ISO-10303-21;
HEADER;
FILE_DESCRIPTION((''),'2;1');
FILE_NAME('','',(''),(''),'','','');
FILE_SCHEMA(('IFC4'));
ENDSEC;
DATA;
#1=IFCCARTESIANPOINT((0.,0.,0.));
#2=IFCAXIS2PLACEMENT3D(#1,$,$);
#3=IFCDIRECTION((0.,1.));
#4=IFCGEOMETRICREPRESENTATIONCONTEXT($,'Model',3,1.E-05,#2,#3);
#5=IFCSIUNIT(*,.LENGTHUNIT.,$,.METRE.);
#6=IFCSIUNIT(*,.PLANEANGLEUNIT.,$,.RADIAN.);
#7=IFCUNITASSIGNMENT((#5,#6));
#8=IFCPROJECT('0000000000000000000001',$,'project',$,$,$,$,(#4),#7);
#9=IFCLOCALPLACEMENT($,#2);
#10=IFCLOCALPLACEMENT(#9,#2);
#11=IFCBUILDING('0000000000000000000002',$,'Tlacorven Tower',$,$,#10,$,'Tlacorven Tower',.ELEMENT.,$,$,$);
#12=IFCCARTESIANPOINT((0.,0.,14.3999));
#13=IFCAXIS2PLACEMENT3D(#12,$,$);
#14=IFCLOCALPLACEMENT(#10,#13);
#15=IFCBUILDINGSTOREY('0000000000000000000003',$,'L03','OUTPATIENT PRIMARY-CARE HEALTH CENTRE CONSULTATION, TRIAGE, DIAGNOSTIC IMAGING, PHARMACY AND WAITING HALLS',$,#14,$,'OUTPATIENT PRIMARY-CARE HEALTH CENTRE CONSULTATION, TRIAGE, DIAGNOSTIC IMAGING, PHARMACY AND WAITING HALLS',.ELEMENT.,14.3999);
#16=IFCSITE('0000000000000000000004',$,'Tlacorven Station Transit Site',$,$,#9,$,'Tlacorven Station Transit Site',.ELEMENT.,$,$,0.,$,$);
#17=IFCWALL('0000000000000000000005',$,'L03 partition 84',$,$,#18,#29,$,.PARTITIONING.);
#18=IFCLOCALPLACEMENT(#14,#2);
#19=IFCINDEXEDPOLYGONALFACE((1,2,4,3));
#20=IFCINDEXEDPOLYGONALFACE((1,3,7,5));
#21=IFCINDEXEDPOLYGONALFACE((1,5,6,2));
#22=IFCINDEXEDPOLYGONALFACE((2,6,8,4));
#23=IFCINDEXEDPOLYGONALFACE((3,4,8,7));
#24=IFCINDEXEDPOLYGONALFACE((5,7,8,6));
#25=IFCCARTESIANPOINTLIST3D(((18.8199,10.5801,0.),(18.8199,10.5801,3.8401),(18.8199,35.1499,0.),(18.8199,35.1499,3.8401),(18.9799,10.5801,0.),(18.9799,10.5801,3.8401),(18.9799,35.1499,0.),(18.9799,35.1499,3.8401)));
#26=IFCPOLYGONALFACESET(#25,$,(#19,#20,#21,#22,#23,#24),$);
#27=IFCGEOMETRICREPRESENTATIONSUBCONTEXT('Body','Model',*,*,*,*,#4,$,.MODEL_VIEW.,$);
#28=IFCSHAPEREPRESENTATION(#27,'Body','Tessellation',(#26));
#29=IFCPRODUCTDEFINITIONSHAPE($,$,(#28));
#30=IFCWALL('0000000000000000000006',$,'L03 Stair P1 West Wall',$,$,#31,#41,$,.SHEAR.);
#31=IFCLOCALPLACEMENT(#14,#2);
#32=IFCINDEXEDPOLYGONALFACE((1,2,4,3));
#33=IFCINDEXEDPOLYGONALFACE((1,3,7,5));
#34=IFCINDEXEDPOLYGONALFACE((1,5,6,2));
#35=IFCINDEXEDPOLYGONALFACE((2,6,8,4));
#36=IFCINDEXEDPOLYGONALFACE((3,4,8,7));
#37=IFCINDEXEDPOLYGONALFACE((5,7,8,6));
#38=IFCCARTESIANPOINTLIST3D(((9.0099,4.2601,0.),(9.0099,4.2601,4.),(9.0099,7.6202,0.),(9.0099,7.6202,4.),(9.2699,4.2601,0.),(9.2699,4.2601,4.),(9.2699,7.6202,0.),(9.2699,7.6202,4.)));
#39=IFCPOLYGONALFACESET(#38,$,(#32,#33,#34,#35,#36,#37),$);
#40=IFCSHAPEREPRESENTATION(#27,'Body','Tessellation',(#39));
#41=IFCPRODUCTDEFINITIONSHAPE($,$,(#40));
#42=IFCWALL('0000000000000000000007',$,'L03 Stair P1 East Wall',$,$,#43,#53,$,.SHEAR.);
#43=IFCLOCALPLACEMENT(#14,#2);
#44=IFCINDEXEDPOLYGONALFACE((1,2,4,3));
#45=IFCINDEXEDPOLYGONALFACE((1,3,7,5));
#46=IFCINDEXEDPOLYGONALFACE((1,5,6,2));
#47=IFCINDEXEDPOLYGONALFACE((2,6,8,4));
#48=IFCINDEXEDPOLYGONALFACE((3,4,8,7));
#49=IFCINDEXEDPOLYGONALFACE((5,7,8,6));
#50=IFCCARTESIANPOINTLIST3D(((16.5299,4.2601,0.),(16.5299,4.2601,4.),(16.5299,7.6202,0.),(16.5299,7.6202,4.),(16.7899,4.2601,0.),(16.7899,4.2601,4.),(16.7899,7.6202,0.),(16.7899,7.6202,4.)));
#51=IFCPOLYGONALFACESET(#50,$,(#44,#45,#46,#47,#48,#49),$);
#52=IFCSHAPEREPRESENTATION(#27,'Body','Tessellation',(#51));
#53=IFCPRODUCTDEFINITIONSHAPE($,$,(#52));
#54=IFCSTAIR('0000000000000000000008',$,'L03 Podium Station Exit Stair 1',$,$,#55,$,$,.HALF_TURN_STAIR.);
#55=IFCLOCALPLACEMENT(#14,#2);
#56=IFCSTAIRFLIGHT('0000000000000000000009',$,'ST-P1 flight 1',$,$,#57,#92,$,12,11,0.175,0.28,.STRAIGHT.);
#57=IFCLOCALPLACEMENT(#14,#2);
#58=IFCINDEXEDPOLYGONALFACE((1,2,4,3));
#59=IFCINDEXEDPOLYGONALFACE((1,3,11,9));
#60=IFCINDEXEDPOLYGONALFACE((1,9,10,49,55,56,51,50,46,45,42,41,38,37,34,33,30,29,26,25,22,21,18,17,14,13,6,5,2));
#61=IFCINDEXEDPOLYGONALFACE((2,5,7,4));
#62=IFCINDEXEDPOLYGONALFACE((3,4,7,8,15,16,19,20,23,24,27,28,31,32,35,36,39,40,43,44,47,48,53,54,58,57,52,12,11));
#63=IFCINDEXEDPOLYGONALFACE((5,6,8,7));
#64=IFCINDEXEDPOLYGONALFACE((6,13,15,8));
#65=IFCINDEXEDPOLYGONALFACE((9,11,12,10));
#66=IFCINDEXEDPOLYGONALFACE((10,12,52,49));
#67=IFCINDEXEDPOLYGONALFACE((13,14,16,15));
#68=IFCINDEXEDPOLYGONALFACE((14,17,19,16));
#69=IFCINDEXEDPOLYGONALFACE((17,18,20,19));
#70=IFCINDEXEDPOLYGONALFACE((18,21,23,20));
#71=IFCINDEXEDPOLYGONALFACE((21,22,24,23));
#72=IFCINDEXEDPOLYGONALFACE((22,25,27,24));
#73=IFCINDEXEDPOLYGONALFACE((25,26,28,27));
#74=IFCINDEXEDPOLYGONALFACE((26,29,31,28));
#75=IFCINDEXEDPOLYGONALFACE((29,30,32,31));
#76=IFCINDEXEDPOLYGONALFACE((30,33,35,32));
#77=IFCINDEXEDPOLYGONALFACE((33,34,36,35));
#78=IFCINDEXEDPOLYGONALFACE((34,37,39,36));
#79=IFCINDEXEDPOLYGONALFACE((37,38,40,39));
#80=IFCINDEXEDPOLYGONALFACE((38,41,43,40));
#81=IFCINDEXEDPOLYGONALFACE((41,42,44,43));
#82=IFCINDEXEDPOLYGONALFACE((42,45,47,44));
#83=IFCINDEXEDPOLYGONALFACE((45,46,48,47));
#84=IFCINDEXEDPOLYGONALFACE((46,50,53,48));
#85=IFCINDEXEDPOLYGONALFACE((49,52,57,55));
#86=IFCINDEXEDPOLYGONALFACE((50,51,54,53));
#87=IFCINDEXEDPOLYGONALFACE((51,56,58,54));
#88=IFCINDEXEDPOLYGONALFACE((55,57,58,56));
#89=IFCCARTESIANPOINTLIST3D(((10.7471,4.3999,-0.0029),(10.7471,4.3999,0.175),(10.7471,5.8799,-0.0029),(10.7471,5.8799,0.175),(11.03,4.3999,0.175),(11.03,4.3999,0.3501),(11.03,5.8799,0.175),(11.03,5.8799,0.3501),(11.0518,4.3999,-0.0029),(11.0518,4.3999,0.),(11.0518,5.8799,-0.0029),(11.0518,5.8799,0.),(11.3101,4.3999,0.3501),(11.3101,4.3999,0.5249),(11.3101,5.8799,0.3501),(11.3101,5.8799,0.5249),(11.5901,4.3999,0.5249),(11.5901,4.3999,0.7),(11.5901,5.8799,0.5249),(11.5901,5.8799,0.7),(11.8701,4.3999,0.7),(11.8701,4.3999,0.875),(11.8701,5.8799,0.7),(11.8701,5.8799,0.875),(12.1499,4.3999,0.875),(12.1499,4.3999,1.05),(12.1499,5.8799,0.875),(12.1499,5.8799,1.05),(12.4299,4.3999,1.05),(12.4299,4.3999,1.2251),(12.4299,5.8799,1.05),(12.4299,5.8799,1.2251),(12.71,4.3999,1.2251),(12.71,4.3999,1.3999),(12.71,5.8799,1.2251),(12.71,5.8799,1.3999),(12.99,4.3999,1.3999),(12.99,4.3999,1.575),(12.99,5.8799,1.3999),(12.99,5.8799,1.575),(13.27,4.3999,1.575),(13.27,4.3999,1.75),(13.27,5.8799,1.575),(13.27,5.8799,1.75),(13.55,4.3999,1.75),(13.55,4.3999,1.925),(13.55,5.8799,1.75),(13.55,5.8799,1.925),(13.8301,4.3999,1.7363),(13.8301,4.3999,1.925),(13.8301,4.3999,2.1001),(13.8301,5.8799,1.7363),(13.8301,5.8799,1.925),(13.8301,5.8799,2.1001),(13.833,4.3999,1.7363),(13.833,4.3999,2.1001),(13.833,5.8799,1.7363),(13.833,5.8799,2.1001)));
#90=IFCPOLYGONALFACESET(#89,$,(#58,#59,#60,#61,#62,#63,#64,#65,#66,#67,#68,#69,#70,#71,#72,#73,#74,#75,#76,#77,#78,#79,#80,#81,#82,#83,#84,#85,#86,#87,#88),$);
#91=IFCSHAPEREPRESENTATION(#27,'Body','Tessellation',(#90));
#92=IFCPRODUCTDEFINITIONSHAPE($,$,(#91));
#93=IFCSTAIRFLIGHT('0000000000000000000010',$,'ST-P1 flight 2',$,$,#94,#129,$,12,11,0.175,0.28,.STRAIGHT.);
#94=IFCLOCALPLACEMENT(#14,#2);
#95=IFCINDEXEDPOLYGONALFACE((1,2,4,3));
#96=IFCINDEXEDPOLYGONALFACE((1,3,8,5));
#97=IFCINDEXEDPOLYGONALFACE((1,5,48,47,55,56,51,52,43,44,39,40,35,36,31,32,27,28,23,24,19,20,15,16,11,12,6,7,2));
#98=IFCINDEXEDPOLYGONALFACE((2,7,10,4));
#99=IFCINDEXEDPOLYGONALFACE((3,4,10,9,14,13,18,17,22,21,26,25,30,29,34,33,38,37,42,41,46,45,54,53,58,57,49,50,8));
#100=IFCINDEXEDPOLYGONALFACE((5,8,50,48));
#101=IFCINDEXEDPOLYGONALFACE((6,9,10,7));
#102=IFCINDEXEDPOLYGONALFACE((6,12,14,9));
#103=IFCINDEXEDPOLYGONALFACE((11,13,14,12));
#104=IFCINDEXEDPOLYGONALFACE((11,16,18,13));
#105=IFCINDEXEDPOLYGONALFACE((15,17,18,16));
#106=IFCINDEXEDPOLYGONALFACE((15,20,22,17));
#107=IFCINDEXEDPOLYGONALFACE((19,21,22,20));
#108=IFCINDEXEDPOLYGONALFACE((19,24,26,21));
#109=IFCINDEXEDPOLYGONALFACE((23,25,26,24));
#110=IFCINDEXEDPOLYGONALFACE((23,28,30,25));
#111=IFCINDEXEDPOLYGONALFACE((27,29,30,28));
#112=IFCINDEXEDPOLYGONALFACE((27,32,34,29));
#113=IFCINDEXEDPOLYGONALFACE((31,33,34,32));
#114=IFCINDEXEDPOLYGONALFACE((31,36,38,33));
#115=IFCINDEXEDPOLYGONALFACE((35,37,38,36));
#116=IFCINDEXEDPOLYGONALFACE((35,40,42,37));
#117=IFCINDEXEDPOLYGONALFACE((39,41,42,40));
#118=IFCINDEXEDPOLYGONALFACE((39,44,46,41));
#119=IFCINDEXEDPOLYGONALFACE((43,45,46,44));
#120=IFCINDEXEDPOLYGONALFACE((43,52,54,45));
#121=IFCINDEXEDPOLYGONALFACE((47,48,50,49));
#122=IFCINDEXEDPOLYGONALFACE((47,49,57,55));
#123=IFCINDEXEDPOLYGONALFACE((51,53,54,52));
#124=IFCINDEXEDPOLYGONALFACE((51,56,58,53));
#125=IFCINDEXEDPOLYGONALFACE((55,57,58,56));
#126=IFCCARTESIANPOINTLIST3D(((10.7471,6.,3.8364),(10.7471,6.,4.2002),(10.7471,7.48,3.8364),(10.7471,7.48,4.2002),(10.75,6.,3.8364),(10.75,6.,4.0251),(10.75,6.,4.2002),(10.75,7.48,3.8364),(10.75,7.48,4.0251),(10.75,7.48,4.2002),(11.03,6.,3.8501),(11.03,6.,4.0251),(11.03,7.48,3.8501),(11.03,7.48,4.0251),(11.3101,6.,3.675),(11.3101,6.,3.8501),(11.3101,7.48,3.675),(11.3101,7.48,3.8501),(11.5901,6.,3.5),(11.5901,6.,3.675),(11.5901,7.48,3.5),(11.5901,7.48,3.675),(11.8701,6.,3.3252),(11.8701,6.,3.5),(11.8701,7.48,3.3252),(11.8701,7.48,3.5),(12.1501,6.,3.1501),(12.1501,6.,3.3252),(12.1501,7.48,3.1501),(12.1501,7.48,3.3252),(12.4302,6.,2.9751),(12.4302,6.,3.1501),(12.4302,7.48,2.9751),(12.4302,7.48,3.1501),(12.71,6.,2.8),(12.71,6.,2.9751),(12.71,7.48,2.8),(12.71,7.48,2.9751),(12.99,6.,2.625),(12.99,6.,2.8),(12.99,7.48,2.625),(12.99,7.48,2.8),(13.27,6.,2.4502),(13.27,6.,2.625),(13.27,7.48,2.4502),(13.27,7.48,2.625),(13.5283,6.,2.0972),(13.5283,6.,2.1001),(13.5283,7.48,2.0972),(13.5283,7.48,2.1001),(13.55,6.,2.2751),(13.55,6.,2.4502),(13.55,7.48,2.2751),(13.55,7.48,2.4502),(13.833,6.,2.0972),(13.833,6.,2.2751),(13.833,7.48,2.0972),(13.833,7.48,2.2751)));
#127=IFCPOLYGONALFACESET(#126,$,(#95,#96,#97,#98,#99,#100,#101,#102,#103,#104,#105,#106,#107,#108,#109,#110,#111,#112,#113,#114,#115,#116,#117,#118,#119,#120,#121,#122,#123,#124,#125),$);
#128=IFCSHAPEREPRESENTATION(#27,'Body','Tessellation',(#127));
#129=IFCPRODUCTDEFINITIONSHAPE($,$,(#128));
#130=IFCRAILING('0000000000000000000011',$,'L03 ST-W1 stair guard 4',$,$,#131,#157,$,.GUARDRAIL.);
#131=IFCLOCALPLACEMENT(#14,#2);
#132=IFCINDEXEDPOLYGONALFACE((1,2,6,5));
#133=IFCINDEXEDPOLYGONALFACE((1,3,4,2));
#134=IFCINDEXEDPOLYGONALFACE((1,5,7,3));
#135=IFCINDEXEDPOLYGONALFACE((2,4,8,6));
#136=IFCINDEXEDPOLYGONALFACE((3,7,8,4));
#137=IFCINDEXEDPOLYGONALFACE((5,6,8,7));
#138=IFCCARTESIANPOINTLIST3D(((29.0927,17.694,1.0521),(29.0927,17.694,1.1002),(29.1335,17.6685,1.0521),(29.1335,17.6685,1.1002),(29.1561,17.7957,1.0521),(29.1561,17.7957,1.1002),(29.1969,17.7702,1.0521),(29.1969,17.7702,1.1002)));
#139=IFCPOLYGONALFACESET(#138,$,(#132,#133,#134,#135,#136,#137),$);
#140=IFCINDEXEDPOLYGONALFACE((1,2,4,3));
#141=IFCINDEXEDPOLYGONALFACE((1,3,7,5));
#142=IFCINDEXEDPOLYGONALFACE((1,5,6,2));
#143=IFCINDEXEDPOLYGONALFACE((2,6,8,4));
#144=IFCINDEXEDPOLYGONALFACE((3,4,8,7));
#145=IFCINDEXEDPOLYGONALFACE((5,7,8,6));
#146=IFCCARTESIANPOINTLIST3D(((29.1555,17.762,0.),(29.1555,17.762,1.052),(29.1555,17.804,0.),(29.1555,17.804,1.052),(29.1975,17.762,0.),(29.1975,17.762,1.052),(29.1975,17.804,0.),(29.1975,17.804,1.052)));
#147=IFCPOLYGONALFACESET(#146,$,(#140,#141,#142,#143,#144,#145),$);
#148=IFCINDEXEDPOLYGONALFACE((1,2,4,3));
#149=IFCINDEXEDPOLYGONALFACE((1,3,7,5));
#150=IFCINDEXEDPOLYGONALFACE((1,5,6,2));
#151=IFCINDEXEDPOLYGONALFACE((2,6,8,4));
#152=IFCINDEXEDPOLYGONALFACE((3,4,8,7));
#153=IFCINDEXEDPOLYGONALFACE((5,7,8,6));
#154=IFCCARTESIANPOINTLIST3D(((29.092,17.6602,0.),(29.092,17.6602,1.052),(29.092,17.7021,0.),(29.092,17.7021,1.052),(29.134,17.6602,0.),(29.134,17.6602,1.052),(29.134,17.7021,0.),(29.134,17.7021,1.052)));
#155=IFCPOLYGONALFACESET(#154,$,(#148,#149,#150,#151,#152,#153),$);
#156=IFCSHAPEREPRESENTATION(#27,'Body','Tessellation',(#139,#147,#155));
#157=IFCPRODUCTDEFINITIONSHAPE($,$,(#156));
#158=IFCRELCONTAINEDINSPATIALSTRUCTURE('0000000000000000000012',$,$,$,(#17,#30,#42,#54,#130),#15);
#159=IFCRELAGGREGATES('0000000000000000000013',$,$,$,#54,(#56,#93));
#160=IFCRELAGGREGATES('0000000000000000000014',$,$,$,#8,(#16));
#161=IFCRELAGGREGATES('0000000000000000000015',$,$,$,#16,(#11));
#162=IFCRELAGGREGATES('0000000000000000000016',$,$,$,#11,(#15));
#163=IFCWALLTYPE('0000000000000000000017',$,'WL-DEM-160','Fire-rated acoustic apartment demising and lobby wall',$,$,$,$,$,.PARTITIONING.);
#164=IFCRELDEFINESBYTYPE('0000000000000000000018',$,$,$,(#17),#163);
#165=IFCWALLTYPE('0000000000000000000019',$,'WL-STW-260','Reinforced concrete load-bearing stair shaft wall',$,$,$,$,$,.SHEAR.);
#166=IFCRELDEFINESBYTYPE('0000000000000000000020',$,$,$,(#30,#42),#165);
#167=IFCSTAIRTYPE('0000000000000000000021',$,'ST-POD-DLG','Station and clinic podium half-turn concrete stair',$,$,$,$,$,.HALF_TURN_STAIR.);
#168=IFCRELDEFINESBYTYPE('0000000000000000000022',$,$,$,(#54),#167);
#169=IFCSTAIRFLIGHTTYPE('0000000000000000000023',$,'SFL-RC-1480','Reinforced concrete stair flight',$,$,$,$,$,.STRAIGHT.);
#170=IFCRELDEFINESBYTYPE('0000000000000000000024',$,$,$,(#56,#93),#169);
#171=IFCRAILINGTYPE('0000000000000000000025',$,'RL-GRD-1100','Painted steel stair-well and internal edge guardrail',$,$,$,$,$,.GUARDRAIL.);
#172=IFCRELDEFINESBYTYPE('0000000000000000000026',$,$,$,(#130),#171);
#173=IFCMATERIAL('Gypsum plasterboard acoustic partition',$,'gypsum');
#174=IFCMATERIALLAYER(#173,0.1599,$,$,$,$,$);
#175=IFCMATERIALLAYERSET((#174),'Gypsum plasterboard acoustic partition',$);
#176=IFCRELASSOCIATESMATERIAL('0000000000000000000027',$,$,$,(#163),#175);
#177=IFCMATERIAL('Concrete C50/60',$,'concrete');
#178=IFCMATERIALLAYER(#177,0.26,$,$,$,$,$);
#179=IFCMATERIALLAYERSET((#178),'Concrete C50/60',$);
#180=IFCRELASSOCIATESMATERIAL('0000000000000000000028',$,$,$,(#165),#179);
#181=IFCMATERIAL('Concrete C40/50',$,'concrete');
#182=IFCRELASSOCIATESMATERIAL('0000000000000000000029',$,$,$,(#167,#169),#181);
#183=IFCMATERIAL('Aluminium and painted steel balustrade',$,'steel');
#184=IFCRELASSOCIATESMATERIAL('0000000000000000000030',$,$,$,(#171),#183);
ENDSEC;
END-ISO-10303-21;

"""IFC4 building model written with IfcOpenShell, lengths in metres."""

from ifc_helpers import new_model, si_unit, direction, frame, frame_2d, origin, origin_2d, place, context, subcontext, project, spatial, polyline, rectangle, outline, extrude, source, transform, mapped, material, layer, layer_set, type_object, element, aggregate, save


model = new_model("IFC4")

# Units and contexts
model_context = context("Model", 3, precision=1e-05, world=origin(), true_north=direction((0.0, 1.0)))
body_context = subcontext(model_context, "Body", "Model", "MODEL_VIEW")
ifc_project = project(units=[si_unit("LENGTHUNIT", "METRE"), si_unit("PLANEANGLEUNIT", "RADIAN")], contexts=[model_context])

# Site, building, storey
site_placement = place(None, origin())
site = spatial("IfcSite", under=ifc_project, at=site_placement, Name="Tlacorven Station Transit Site", LongName="Tlacorven Station Transit Site", CompositionType="ELEMENT", RefElevation=0.0)
building_placement = place(site_placement, origin())
building = spatial("IfcBuilding", under=site, at=building_placement, Name="Tlacorven Tower", LongName="Tlacorven Tower", CompositionType="ELEMENT")
storey_placement = place(building_placement, frame((0.0, 0.0, 14.3999)))
storey = spatial("IfcBuildingStorey", under=building, at=storey_placement, Name="L03", Description="OUTPATIENT PRIMARY-CARE HEALTH CENTRE CONSULTATION, TRIAGE, DIAGNOSTIC IMAGING, PHARMACY AND WAITING HALLS", LongName="OUTPATIENT PRIMARY-CARE HEALTH CENTRE CONSULTATION, TRIAGE, DIAGNOSTIC IMAGING, PHARMACY AND WAITING HALLS", CompositionType="ELEMENT", Elevation=14.3999)

# Shared definitions
ifc_material_1 = material(Name="Gypsum plasterboard acoustic partition", Category="gypsum")
ifc_layer_1 = layer(ifc_material_1, 0.1599)
ifc_layer_set_1 = layer_set([ifc_layer_1], Name="Gypsum plasterboard acoustic partition")
wall_type_1 = type_object("IfcWallType", Name="WL-DEM-160", Description="Fire-rated acoustic apartment demising and lobby wall", PredefinedType="PARTITIONING", material=ifc_layer_set_1)

# Walls
wall_1_placement = place(storey_placement, frame((18.8999, 10.5801, 0.0), z_axis=(0.0, 0.0, 1.0), x_axis=(0.0, 1.0, 0.0)))
element("IfcWall", 1, at=wall_1_placement, inside=storey, type_object=wall_type_1, Name="L03 partition 84", PredefinedType="PARTITIONING", context=body_context, shape_type="SweptSolid", body=[
    extrude(rectangle(XDim=24.5698, YDim=0.1599, at=frame_2d((12.2849, 0.0))), origin(), (0.0, 0.0, 1.0), 3.8401),
])
ifc_material_2 = material(Name="Concrete C50/60", Category="concrete")
ifc_layer_2 = layer(ifc_material_2, 0.26)
ifc_layer_set_2 = layer_set([ifc_layer_2], Name="Concrete C50/60")
wall_type_2 = type_object("IfcWallType", Name="WL-STW-260", Description="Reinforced concrete load-bearing stair shaft wall", PredefinedType="SHEAR", material=ifc_layer_set_2)
for number, where, z_axis, x_axis, name in (
    (2, (9.1399, 4.26, 0.0), (0.0, 0.0, 1.0), (0.0, 1.0, 0.0), "L03 Stair P1 West Wall"),
    (3, (16.6599, 4.26, 0.0), (0.0, 0.0, 1.0), (0.0, 1.0, 0.0), "L03 Stair P1 East Wall"),
):
    element("IfcWall", number, at=place(storey_placement, frame(where, z_axis=z_axis, x_axis=x_axis)), inside=storey, type_object=wall_type_2, Name=name, PredefinedType="SHEAR", context=body_context, shape_type="SweptSolid", body=[
        extrude(rectangle(XDim=3.3601, YDim=0.26, at=frame_2d((1.6802, 0.0))), origin(), (0.0, 0.0, 1.0), 4.0),
    ])

# Stair, stair flights
ifc_material_3 = material(Name="Concrete C40/50", Category="concrete")
stair_type = type_object("IfcStairType", Name="ST-POD-DLG", Description="Station and clinic podium half-turn concrete stair", PredefinedType="HALF_TURN_STAIR", material=ifc_material_3)
stair_placement = place(storey_placement, origin())
stair = element("IfcStair", 4, at=stair_placement, inside=storey, type_object=stair_type, Name="L03 Podium Station Exit Stair 1", PredefinedType="HALF_TURN_STAIR")
stair_flight_type = type_object("IfcStairFlightType", Name="SFL-RC-1480", Description="Reinforced concrete stair flight", PredefinedType="STRAIGHT", material=ifc_material_3)
shared_shape_1 = source(origin(), body_context, "Body", "SweptSolid", [
    extrude(outline(polyline([(-0.0029, -0.0029), (-0.0029, 0.175), (0.28, 0.175), (0.28, 0.3501), (0.5601, 0.3501), (0.5601, 0.5249), (0.8401, 0.5249), (0.8401, 0.7), (1.1201, 0.7), (1.1201, 0.875), (1.3999, 0.875), (1.3999, 1.05), (1.6799, 1.05), (1.6799, 1.2251), (1.96, 1.2251), (1.96, 1.3999), (2.24, 1.3999), (2.24, 1.575), (2.52, 1.575), (2.52, 1.75), (2.8, 1.75), (2.8, 1.925), (3.0801, 1.925), (3.0801, 2.1001), (3.083, 2.1001), (3.083, 1.7363), (3.0801, 1.7363), (0.3018, 0.0), (0.3018, -0.0029), (-0.0029, -0.0029)])), frame((0.0, 0.74, 0.0), z_axis=(0.0, -1.0, 0.0), x_axis=(1.0, 0.0, 0.0)), (0.0, 0.0, 1.0), 1.48),
])
stair_flight_1_placement = place(storey_placement, frame((10.75, 5.1399, 0.0), z_axis=(0.0, 0.0, 1.0), x_axis=(1.0, 0.0, 0.0)))
stair_flight_1 = element("IfcStairFlight", 5, at=stair_flight_1_placement, type_object=stair_flight_type, Name="ST-P1 flight 1", NumberOfRisers=12, NumberOfTreads=11, PredefinedType="STRAIGHT", RiserHeight=0.175, TreadLength=0.28, context=body_context, shape_type="MappedRepresentation", body=[
    mapped(shared_shape_1, transform((0.0, 0.0, 0.0), scale=1.0)),
])
stair_flight_2_placement = place(storey_placement, frame((13.8301, 6.74, 2.1001), z_axis=(0.0, 0.0, 1.0), x_axis=(-1.0, 0.0, 0.0)))
stair_flight_2 = element("IfcStairFlight", 6, at=stair_flight_2_placement, type_object=stair_flight_type, Name="ST-P1 flight 2", NumberOfRisers=12, NumberOfTreads=11, PredefinedType="STRAIGHT", RiserHeight=0.175, TreadLength=0.28, context=body_context, shape_type="MappedRepresentation", body=[
    mapped(shared_shape_1, transform((0.0, 0.0, 0.0), scale=1.0)),
])
aggregate(stair, [stair_flight_1, stair_flight_2])

# Railing
ifc_material_4 = material(Name="Aluminium and painted steel balustrade", Category="steel")
railing_type_1 = type_object("IfcRailingType", Name="RL-GRD-1100", Description="Painted steel stair-well and internal edge guardrail", PredefinedType="GUARDRAIL", material=ifc_material_4)
shared_shape_2 = source(origin(), body_context, "Body", "SweptSolid", [
    extrude(rectangle(XDim=0.0481, YDim=0.0481, at=origin_2d()), frame((0.0, 0.0, 1.0762), z_axis=(-0.529084, -0.848569, 0.0), x_axis=(0.848569, -0.529084, 0.0)), (0.0, 0.0, 1.0), 0.1199),
    extrude(rectangle(XDim=0.042, YDim=0.042, at=origin_2d()), origin(), (0.0, 0.0, 1.0), 1.052),
    extrude(rectangle(XDim=0.042, YDim=0.042, at=origin_2d()), frame((-0.0635, -0.1018, 0.0)), (0.0, 0.0, 1.0), 1.052),
])
railing_1_placement = place(storey_placement, frame((29.1765, 17.783, 0.0)))
element("IfcRailing", 7, at=railing_1_placement, inside=storey, type_object=railing_type_1, Name="L03 ST-W1 stair guard 4", PredefinedType="GUARDRAIL", context=body_context, shape_type="MappedRepresentation", body=[
    mapped(shared_shape_2, transform((0.0, 0.0, 0.0), scale=1.0)),
])

save(model, "model.ifc")
